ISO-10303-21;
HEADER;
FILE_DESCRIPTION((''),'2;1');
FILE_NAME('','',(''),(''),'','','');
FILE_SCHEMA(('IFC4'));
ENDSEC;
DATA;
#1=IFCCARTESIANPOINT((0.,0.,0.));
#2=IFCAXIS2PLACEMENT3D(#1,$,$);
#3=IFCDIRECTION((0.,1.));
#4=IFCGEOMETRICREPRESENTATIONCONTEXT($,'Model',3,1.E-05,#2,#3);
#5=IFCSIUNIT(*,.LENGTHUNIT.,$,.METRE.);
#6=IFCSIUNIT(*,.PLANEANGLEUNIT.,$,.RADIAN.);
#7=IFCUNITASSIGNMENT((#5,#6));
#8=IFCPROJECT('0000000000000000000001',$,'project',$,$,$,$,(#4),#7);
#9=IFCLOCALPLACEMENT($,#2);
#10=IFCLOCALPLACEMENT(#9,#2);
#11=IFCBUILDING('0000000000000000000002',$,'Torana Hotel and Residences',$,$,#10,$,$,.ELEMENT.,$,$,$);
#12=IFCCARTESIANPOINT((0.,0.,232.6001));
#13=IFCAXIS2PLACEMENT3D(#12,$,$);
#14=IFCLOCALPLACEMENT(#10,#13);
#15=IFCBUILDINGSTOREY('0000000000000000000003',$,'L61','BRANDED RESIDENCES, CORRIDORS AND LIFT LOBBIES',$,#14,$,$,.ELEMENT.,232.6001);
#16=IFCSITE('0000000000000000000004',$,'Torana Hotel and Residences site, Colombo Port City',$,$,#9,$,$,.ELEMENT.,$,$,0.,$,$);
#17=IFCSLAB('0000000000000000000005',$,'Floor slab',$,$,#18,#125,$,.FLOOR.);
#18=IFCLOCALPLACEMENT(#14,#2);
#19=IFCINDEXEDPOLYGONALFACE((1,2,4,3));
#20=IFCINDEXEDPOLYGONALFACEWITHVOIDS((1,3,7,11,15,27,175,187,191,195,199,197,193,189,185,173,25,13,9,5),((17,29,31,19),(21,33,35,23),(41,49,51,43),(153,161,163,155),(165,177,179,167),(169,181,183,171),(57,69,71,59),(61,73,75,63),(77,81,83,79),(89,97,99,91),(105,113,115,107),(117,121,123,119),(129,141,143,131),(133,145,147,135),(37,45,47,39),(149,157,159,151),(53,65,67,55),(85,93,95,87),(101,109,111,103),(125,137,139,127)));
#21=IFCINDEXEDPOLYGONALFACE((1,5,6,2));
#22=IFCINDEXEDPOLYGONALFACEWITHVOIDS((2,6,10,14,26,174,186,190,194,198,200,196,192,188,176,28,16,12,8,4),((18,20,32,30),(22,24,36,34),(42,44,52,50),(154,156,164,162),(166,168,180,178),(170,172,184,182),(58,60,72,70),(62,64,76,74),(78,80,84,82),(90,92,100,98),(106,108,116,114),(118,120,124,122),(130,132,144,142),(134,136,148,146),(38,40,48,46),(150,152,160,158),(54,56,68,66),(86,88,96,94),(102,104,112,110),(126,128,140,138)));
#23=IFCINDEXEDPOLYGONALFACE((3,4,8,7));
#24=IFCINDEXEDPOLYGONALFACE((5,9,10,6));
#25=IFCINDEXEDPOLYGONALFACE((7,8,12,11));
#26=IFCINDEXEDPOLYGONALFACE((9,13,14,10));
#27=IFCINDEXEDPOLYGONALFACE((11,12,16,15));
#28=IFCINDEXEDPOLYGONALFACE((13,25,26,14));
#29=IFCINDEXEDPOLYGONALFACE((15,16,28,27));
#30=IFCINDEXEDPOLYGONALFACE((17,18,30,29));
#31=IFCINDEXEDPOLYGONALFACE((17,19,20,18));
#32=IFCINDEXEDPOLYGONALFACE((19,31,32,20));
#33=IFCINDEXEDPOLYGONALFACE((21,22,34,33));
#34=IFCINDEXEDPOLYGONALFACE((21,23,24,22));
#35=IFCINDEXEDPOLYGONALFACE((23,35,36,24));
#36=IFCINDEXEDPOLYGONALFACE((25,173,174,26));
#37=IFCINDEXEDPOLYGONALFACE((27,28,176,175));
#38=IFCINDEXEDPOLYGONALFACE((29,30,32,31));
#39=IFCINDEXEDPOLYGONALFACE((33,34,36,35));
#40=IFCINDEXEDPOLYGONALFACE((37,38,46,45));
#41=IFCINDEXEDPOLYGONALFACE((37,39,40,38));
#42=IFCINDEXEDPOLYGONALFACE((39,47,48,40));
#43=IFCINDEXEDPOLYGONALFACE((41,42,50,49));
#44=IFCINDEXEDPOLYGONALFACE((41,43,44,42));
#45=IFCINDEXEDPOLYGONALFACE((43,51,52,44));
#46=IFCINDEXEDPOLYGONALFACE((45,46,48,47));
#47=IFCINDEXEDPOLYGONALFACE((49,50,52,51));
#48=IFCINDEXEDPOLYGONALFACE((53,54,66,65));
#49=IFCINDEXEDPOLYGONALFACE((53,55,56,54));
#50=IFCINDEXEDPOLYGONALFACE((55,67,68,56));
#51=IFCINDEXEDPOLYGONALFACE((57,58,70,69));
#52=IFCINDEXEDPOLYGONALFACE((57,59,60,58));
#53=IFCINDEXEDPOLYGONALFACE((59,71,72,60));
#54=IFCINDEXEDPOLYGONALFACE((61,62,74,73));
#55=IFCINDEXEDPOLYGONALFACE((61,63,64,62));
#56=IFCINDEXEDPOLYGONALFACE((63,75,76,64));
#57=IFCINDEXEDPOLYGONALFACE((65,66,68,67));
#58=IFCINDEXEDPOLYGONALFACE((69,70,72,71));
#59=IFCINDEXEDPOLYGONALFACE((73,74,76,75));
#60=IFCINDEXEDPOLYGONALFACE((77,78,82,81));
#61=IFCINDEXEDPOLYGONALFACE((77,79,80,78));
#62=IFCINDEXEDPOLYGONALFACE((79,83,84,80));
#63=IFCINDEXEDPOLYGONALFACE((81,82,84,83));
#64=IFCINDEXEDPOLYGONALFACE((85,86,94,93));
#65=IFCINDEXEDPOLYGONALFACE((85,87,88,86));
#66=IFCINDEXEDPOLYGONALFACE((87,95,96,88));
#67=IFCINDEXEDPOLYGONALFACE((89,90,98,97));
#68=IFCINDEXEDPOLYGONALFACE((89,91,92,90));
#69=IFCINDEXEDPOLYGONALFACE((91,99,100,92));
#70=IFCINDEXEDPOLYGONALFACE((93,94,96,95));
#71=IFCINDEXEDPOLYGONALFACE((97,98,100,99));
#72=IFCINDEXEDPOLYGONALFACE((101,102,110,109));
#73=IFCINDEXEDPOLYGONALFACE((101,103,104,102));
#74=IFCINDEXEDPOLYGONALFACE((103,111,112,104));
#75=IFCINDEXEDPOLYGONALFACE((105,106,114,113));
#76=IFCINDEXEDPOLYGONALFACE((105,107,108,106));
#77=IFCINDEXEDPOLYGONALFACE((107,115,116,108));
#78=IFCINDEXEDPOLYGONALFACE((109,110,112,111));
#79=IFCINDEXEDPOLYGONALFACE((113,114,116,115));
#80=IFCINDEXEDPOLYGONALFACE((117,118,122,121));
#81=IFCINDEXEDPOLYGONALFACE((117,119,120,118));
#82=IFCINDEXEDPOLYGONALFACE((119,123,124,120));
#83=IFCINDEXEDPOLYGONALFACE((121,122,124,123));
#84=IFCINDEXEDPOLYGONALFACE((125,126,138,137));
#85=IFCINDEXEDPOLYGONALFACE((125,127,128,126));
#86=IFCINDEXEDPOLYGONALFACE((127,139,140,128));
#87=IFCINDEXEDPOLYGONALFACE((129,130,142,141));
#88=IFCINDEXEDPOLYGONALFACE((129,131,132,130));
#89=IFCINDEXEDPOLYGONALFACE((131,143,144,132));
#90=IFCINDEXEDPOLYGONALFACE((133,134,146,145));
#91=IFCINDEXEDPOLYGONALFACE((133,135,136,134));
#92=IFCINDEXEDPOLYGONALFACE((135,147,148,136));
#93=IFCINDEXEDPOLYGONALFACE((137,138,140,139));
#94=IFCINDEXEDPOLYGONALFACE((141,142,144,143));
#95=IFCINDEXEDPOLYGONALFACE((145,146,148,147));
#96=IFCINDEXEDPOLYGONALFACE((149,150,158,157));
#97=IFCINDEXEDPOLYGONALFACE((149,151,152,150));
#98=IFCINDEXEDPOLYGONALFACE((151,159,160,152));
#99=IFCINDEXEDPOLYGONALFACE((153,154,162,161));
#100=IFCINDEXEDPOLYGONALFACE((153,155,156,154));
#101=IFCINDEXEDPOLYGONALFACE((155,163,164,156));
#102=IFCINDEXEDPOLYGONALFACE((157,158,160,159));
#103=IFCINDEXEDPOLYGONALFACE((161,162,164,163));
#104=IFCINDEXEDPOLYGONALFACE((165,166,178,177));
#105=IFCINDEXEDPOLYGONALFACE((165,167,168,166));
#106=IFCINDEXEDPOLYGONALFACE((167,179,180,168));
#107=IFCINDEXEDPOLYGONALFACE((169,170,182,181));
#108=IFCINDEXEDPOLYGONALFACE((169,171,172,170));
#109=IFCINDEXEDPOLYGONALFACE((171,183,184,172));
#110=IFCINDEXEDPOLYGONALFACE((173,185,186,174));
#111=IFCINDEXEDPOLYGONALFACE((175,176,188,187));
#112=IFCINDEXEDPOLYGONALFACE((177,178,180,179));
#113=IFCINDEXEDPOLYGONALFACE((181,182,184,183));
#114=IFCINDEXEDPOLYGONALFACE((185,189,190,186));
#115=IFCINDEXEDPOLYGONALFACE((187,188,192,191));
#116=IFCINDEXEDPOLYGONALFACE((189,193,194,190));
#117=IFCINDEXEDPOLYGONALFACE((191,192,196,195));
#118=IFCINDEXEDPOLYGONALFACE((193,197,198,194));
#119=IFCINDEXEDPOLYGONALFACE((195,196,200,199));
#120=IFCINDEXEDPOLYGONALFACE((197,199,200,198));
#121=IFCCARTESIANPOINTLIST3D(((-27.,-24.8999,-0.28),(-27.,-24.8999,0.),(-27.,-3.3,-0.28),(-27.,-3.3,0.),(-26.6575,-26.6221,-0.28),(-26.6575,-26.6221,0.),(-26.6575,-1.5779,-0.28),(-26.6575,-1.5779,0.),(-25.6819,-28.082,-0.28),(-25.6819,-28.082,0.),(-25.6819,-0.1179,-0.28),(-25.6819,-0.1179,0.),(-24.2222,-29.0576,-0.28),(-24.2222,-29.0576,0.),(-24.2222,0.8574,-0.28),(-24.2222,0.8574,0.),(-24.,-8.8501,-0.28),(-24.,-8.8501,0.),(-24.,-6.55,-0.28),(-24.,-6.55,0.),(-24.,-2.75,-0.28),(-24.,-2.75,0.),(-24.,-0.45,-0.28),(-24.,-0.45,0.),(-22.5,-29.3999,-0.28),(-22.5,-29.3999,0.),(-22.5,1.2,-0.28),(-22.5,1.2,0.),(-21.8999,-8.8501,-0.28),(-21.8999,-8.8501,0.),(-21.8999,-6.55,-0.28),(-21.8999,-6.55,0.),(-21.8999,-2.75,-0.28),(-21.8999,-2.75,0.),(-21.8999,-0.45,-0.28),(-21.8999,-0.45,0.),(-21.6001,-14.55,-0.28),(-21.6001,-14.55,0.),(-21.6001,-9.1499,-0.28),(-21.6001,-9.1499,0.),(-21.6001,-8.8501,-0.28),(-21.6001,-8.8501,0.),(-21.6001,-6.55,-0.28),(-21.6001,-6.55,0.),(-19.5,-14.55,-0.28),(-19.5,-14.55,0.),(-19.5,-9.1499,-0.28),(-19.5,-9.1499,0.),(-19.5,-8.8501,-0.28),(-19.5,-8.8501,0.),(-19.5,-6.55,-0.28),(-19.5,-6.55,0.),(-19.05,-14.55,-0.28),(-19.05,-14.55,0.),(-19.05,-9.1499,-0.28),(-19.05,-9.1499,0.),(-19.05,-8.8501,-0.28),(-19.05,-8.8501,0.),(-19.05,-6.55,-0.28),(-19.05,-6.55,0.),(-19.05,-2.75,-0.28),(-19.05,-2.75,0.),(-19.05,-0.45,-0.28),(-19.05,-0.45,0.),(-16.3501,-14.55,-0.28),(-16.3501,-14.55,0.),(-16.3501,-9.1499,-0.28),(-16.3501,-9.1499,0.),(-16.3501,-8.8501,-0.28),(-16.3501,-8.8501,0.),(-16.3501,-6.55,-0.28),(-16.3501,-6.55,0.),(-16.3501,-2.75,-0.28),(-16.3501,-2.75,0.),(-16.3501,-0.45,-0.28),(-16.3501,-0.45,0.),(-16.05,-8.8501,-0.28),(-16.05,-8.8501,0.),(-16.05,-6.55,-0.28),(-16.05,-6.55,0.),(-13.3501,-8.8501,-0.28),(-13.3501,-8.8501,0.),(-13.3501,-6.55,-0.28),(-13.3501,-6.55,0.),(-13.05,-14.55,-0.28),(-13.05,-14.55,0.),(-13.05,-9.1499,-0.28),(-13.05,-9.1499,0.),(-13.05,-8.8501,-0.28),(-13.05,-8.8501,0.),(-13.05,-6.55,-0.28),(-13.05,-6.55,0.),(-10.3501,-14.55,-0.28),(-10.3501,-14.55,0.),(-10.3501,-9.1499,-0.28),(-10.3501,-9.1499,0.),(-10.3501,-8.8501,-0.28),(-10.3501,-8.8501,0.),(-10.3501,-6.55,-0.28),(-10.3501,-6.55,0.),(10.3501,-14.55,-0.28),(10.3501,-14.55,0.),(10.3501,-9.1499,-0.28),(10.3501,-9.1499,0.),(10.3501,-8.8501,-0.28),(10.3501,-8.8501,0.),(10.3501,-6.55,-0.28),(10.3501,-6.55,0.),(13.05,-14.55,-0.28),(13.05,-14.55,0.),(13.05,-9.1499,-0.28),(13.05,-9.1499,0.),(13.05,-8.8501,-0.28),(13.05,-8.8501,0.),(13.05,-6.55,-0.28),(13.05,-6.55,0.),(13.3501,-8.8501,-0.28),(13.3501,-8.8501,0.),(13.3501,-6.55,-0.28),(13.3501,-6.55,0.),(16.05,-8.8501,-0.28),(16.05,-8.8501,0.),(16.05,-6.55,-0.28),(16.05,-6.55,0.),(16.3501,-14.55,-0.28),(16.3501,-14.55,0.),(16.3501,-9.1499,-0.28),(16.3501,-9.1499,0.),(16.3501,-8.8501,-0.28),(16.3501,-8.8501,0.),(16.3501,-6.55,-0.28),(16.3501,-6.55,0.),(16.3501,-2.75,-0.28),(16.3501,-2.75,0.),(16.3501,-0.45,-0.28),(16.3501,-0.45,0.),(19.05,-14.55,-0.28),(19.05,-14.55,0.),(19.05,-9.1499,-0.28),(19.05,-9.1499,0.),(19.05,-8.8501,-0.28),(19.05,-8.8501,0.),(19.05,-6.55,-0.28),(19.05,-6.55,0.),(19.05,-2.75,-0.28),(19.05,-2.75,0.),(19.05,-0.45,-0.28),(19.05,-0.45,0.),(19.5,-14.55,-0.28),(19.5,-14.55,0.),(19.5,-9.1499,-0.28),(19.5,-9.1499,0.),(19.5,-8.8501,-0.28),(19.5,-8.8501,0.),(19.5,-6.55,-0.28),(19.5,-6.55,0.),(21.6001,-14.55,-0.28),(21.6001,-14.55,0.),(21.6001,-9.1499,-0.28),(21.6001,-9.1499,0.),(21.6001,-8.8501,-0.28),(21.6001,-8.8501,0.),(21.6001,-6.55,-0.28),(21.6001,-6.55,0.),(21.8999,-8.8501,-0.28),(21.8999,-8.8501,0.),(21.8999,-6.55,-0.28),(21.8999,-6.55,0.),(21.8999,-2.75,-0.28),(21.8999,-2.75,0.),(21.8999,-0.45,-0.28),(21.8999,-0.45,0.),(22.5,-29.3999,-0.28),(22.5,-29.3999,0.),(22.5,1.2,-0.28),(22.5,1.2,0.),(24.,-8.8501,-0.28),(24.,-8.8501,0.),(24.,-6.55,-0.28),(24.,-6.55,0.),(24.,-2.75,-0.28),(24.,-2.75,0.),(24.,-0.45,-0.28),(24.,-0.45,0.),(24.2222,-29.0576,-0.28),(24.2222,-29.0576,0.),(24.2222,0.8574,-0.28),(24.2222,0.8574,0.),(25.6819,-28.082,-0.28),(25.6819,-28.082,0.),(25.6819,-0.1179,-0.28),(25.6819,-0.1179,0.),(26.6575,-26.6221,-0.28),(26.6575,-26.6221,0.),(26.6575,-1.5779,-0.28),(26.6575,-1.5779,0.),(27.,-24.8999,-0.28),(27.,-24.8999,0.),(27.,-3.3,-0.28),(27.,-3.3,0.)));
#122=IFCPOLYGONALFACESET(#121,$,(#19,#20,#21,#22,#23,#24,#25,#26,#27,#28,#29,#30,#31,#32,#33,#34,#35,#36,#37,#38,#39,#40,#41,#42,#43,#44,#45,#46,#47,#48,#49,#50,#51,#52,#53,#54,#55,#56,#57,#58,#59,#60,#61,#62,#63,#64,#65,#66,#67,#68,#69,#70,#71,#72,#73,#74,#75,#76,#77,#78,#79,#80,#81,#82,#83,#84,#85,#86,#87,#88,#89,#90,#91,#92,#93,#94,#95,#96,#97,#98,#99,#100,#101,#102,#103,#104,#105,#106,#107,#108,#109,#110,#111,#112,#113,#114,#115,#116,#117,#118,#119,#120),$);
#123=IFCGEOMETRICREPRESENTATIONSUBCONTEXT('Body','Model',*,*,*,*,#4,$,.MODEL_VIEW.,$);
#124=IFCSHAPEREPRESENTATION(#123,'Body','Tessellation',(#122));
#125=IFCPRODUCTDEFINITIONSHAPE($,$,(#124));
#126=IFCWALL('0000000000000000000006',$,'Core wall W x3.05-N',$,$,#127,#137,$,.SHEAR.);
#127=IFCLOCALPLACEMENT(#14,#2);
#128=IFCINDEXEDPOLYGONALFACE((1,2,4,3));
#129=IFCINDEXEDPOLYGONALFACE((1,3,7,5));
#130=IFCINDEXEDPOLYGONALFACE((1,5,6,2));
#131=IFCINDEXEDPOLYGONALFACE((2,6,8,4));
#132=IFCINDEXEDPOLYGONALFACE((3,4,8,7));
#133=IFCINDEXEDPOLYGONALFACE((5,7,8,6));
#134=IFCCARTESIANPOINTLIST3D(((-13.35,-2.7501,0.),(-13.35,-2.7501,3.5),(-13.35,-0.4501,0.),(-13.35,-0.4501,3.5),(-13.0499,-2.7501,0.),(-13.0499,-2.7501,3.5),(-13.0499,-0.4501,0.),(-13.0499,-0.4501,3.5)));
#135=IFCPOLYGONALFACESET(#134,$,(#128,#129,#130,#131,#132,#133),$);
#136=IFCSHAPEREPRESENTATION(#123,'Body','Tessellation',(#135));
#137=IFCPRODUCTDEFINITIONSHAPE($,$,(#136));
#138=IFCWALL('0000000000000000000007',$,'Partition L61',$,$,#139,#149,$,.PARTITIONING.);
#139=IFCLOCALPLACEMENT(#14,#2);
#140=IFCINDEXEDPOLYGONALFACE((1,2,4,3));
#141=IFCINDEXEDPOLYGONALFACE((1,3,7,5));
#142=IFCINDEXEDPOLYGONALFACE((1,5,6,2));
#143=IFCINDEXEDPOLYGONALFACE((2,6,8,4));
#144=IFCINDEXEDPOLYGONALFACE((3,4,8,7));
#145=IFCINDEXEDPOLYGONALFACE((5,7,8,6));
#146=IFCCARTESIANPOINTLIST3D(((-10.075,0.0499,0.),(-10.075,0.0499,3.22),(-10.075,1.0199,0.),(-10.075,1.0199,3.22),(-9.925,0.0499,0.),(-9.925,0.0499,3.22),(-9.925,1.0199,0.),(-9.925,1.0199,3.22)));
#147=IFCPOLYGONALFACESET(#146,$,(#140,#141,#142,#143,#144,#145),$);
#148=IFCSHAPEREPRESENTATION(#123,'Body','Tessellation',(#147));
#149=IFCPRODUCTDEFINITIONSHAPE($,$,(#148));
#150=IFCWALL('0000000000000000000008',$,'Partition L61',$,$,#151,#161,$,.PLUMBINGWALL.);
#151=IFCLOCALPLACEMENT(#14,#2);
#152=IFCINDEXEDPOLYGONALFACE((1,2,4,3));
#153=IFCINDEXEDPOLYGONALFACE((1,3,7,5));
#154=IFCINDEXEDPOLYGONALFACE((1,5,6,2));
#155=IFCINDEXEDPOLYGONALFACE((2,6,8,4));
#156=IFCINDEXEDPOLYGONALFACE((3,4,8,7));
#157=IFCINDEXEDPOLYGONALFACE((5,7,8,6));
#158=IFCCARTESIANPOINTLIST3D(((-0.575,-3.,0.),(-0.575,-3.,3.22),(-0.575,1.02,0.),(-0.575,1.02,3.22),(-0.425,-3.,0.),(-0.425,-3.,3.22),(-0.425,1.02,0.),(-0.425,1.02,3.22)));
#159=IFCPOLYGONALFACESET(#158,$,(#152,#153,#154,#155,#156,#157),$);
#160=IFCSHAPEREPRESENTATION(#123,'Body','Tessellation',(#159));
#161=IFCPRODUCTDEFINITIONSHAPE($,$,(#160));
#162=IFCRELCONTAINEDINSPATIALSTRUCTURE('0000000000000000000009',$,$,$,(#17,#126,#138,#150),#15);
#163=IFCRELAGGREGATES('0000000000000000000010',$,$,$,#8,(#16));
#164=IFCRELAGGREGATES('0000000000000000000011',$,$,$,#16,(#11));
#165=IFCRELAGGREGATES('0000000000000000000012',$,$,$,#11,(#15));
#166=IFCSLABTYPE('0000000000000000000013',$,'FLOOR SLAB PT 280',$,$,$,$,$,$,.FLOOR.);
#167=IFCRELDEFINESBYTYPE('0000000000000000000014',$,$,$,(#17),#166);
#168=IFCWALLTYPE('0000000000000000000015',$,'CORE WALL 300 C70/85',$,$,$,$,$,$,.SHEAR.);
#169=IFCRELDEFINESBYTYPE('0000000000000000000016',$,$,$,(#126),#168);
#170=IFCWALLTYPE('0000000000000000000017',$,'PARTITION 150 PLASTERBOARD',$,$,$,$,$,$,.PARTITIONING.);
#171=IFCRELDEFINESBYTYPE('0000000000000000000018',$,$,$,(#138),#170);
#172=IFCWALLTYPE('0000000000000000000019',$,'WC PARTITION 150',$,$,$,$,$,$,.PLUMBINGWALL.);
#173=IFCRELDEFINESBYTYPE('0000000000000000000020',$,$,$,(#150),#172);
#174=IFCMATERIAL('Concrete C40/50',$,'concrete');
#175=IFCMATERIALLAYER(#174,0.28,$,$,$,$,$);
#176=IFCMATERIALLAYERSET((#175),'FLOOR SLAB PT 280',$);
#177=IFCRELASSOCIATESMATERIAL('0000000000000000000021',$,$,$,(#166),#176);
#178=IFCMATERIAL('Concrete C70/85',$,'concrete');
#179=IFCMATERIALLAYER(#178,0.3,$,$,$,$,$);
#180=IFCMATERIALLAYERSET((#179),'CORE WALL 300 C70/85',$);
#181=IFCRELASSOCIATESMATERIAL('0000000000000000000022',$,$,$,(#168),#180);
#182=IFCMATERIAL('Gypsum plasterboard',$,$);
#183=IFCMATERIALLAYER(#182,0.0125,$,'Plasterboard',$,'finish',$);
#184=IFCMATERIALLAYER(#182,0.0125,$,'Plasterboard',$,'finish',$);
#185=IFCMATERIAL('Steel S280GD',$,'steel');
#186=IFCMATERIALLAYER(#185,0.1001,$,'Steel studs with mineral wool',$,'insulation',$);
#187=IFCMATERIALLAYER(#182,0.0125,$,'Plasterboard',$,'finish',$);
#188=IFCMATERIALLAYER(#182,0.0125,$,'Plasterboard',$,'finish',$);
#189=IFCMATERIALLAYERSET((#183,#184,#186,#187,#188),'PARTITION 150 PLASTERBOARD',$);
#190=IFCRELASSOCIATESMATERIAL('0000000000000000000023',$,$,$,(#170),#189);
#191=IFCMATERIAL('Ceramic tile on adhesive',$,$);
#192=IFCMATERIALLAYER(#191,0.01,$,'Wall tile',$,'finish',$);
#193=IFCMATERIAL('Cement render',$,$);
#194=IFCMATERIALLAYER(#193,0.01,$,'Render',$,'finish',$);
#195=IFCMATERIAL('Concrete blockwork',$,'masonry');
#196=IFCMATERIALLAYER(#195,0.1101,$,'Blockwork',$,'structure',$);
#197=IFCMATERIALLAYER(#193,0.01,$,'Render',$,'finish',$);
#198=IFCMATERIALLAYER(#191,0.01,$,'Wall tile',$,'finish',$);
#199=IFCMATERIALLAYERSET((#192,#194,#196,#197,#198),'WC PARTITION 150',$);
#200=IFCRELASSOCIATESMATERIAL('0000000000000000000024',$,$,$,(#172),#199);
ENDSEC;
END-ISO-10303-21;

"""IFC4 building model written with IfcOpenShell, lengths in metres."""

from ifc_helpers import new_model, si_unit, direction, frame, frame_2d, origin, place, context, subcontext, project, spatial, polyline, rectangle, outline, extrude, material, layer, layer_set, type_object, element, save


model = new_model("IFC4")

# Units and contexts
model_context = context("Model", 3, precision=1e-05, world=origin(), true_north=direction((0.0, 1.0)))
body_context = subcontext(model_context, "Body", "Model", "MODEL_VIEW")
ifc_project = project(units=[si_unit("LENGTHUNIT", "METRE"), si_unit("PLANEANGLEUNIT", "RADIAN")], contexts=[model_context])

# Site, building, storey
site_placement = place(None, origin())
site = spatial("IfcSite", under=ifc_project, at=site_placement, Name="Torana Hotel and Residences site, Colombo Port City", CompositionType="ELEMENT", RefElevation=0.0)
building_placement = place(site_placement, origin())
building = spatial("IfcBuilding", under=site, at=building_placement, Name="Torana Hotel and Residences", CompositionType="ELEMENT")
storey_placement = place(building_placement, frame((0.0, 0.0, 232.6001)))
storey = spatial("IfcBuildingStorey", under=building, at=storey_placement, Name="L61", Description="BRANDED RESIDENCES, CORRIDORS AND LIFT LOBBIES", CompositionType="ELEMENT", Elevation=232.6001)

# Slab
ifc_material_1 = material(Name="Concrete C40/50", Category="concrete")
ifc_layer_1 = layer(ifc_material_1, 0.28)
ifc_layer_set_1 = layer_set([ifc_layer_1], Name="FLOOR SLAB PT 280")
slab_type_1 = type_object("IfcSlabType", Name="FLOOR SLAB PT 280", PredefinedType="FLOOR", material=ifc_layer_set_1)
slab_1_placement = place(storey_placement, frame((0.0, 0.0, -0.28)))
element("IfcSlab", 1, at=slab_1_placement, inside=storey, type_object=slab_type_1, Name="Floor slab", PredefinedType="FLOOR", context=body_context, shape_type="SweptSolid", body=[
    extrude(outline(polyline([(27.0, -3.3), (26.6575, -1.5779), (25.6819, -0.1179), (24.2222, 0.8574), (22.5, 1.2), (-22.5, 1.2), (-24.2222, 0.8574), (-25.6819, -0.1179), (-26.6575, -1.5779), (-27.0, -3.3), (-27.0, -24.8999), (-26.6575, -26.6221), (-25.6819, -28.082), (-24.2222, -29.0576), (-22.5, -29.3999), (22.5, -29.3999), (24.2222, -29.0576), (25.6819, -28.082), (26.6575, -26.6221), (27.0, -24.8999), (27.0, -3.3)]), holes=[polyline([(-13.05, -14.55), (-10.3501, -14.55), (-10.3501, -9.1499), (-13.05, -9.1499), (-13.05, -14.55)]), polyline([(-19.05, -14.55), (-16.3501, -14.55), (-16.3501, -9.1499), (-19.05, -9.1499), (-19.05, -14.55)]), polyline([(-19.05, -2.75), (-16.3501, -2.75), (-16.3501, -0.45), (-19.05, -0.45), (-19.05, -2.75)]), polyline([(-21.6001, -8.8501), (-19.5, -8.8501), (-19.5, -6.55), (-21.6001, -6.55), (-21.6001, -8.8501)]), polyline([(-24.0, -2.75), (-21.8999, -2.75), (-21.8999, -0.45), (-24.0, -0.45), (-24.0, -2.75)]), polyline([(-24.0, -8.8501), (-21.8999, -8.8501), (-21.8999, -6.55), (-24.0, -6.55), (-24.0, -8.8501)]), polyline([(-13.05, -8.8501), (-10.3501, -8.8501), (-10.3501, -6.55), (-13.05, -6.55), (-13.05, -8.8501)]), polyline([(-16.05, -8.8501), (-13.3501, -8.8501), (-13.3501, -6.55), (-16.05, -6.55), (-16.05, -8.8501)]), polyline([(-19.05, -8.8501), (-16.3501, -8.8501), (-16.3501, -6.55), (-19.05, -6.55), (-19.05, -8.8501)]), polyline([(-21.6001, -14.55), (-19.5, -14.55), (-19.5, -9.1499), (-21.6001, -9.1499), (-21.6001, -14.55)]), polyline([(10.3501, -14.55), (13.05, -14.55), (13.05, -9.1499), (10.3501, -9.1499), (10.3501, -14.55)]), polyline([(16.3501, -14.55), (19.05, -14.55), (19.05, -9.1499), (16.3501, -9.1499), (16.3501, -14.55)]), polyline([(16.3501, -2.75), (19.05, -2.75), (19.05, -0.45), (16.3501, -0.45), (16.3501, -2.75)]), polyline([(19.5, -8.8501), (21.6001, -8.8501), (21.6001, -6.55), (19.5, -6.55), (19.5, -8.8501)]), polyline([(21.8999, -2.75), (24.0, -2.75), (24.0, -0.45), (21.8999, -0.45), (21.8999, -2.75)]), polyline([(21.8999, -8.8501), (24.0, -8.8501), (24.0, -6.55), (21.8999, -6.55), (21.8999, -8.8501)]), polyline([(10.3501, -8.8501), (13.05, -8.8501), (13.05, -6.55), (10.3501, -6.55), (10.3501, -8.8501)]), polyline([(13.3501, -8.8501), (16.05, -8.8501), (16.05, -6.55), (13.3501, -6.55), (13.3501, -8.8501)]), polyline([(16.3501, -8.8501), (19.05, -8.8501), (19.05, -6.55), (16.3501, -6.55), (16.3501, -8.8501)]), polyline([(19.5, -14.55), (21.6001, -14.55), (21.6001, -9.1499), (19.5, -9.1499), (19.5, -14.55)])]), origin(), (0.0, 0.0, 1.0), 0.28),
])

# Walls
ifc_material_2 = material(Name="Concrete C70/85", Category="concrete")
ifc_layer_2 = layer(ifc_material_2, 0.3)
ifc_layer_set_2 = layer_set([ifc_layer_2], Name="CORE WALL 300 C70/85")
wall_type_1 = type_object("IfcWallType", Name="CORE WALL 300 C70/85", PredefinedType="SHEAR", material=ifc_layer_set_2)
wall_1_placement = place(storey_placement, frame((-13.2, -2.75, 0.0), z_axis=(0.0, 0.0, 1.0), x_axis=(0.0, 1.0, 0.0)))
element("IfcWall", 2, at=wall_1_placement, inside=storey, type_object=wall_type_1, Name="Core wall W x3.05-N", PredefinedType="SHEAR", context=body_context, shape_type="SweptSolid", body=[
    extrude(rectangle(XDim=2.3, YDim=0.3, at=frame_2d((1.1499, 0.0))), origin(), (0.0, 0.0, 1.0), 3.5),
])
ifc_material_3 = material(Name="Gypsum plasterboard")
ifc_layer_3 = layer(ifc_material_3, 0.0125, Name="Plasterboard", Category="finish")
ifc_layer_4 = layer(ifc_material_3, 0.0125, Name="Plasterboard", Category="finish")
ifc_material_4 = material(Name="Steel S280GD", Category="steel")
ifc_layer_5 = layer(ifc_material_4, 0.1001, Name="Steel studs with mineral wool", Category="insulation")
ifc_layer_6 = layer(ifc_material_3, 0.0125, Name="Plasterboard", Category="finish")
ifc_layer_7 = layer(ifc_material_3, 0.0125, Name="Plasterboard", Category="finish")
ifc_layer_set_3 = layer_set([ifc_layer_3, ifc_layer_4, ifc_layer_5, ifc_layer_6, ifc_layer_7], Name="PARTITION 150 PLASTERBOARD")
wall_type_2 = type_object("IfcWallType", Name="PARTITION 150 PLASTERBOARD", PredefinedType="PARTITIONING", material=ifc_layer_set_3)
wall_2_placement = place(storey_placement, frame((-10.0, 0.05, 0.0), z_axis=(0.0, 0.0, 1.0), x_axis=(0.0, 1.0, 0.0)))
element("IfcWall", 3, at=wall_2_placement, inside=storey, type_object=wall_type_2, Name="Partition L61", PredefinedType="PARTITIONING", context=body_context, shape_type="SweptSolid", body=[
    extrude(rectangle(XDim=0.97, YDim=0.1499, at=frame_2d((0.4849, 0.0))), origin(), (0.0, 0.0, 1.0), 3.22),
])
ifc_material_5 = material(Name="Ceramic tile on adhesive")
ifc_layer_8 = layer(ifc_material_5, 0.01, Name="Wall tile", Category="finish")
ifc_material_6 = material(Name="Cement render")
ifc_layer_9 = layer(ifc_material_6, 0.01, Name="Render", Category="finish")
ifc_material_7 = material(Name="Concrete blockwork", Category="masonry")
ifc_layer_10 = layer(ifc_material_7, 0.1101, Name="Blockwork", Category="structure")
ifc_layer_11 = layer(ifc_material_6, 0.01, Name="Render", Category="finish")
ifc_layer_12 = layer(ifc_material_5, 0.01, Name="Wall tile", Category="finish")
ifc_layer_set_4 = layer_set([ifc_layer_8, ifc_layer_9, ifc_layer_10, ifc_layer_11, ifc_layer_12], Name="WC PARTITION 150")
wall_type_3 = type_object("IfcWallType", Name="WC PARTITION 150", PredefinedType="PLUMBINGWALL", material=ifc_layer_set_4)
for number, where, z_axis, x_axis, name in (
    (4, (-0.5, -3.0, 0.0), (0.0, 0.0, 1.0), (0.0, 1.0, 0.0), "Partition L61"),
):
    element("IfcWall", number, at=place(storey_placement, frame(where, z_axis=z_axis, x_axis=x_axis)), inside=storey, type_object=wall_type_3, Name=name, PredefinedType="PLUMBINGWALL", context=body_context, shape_type="SweptSolid", body=[
        extrude(rectangle(XDim=4.02, YDim=0.1499, at=frame_2d((2.01, 0.0))), origin(), (0.0, 0.0, 1.0), 3.22),
    ])

save(model, "model.ifc")
